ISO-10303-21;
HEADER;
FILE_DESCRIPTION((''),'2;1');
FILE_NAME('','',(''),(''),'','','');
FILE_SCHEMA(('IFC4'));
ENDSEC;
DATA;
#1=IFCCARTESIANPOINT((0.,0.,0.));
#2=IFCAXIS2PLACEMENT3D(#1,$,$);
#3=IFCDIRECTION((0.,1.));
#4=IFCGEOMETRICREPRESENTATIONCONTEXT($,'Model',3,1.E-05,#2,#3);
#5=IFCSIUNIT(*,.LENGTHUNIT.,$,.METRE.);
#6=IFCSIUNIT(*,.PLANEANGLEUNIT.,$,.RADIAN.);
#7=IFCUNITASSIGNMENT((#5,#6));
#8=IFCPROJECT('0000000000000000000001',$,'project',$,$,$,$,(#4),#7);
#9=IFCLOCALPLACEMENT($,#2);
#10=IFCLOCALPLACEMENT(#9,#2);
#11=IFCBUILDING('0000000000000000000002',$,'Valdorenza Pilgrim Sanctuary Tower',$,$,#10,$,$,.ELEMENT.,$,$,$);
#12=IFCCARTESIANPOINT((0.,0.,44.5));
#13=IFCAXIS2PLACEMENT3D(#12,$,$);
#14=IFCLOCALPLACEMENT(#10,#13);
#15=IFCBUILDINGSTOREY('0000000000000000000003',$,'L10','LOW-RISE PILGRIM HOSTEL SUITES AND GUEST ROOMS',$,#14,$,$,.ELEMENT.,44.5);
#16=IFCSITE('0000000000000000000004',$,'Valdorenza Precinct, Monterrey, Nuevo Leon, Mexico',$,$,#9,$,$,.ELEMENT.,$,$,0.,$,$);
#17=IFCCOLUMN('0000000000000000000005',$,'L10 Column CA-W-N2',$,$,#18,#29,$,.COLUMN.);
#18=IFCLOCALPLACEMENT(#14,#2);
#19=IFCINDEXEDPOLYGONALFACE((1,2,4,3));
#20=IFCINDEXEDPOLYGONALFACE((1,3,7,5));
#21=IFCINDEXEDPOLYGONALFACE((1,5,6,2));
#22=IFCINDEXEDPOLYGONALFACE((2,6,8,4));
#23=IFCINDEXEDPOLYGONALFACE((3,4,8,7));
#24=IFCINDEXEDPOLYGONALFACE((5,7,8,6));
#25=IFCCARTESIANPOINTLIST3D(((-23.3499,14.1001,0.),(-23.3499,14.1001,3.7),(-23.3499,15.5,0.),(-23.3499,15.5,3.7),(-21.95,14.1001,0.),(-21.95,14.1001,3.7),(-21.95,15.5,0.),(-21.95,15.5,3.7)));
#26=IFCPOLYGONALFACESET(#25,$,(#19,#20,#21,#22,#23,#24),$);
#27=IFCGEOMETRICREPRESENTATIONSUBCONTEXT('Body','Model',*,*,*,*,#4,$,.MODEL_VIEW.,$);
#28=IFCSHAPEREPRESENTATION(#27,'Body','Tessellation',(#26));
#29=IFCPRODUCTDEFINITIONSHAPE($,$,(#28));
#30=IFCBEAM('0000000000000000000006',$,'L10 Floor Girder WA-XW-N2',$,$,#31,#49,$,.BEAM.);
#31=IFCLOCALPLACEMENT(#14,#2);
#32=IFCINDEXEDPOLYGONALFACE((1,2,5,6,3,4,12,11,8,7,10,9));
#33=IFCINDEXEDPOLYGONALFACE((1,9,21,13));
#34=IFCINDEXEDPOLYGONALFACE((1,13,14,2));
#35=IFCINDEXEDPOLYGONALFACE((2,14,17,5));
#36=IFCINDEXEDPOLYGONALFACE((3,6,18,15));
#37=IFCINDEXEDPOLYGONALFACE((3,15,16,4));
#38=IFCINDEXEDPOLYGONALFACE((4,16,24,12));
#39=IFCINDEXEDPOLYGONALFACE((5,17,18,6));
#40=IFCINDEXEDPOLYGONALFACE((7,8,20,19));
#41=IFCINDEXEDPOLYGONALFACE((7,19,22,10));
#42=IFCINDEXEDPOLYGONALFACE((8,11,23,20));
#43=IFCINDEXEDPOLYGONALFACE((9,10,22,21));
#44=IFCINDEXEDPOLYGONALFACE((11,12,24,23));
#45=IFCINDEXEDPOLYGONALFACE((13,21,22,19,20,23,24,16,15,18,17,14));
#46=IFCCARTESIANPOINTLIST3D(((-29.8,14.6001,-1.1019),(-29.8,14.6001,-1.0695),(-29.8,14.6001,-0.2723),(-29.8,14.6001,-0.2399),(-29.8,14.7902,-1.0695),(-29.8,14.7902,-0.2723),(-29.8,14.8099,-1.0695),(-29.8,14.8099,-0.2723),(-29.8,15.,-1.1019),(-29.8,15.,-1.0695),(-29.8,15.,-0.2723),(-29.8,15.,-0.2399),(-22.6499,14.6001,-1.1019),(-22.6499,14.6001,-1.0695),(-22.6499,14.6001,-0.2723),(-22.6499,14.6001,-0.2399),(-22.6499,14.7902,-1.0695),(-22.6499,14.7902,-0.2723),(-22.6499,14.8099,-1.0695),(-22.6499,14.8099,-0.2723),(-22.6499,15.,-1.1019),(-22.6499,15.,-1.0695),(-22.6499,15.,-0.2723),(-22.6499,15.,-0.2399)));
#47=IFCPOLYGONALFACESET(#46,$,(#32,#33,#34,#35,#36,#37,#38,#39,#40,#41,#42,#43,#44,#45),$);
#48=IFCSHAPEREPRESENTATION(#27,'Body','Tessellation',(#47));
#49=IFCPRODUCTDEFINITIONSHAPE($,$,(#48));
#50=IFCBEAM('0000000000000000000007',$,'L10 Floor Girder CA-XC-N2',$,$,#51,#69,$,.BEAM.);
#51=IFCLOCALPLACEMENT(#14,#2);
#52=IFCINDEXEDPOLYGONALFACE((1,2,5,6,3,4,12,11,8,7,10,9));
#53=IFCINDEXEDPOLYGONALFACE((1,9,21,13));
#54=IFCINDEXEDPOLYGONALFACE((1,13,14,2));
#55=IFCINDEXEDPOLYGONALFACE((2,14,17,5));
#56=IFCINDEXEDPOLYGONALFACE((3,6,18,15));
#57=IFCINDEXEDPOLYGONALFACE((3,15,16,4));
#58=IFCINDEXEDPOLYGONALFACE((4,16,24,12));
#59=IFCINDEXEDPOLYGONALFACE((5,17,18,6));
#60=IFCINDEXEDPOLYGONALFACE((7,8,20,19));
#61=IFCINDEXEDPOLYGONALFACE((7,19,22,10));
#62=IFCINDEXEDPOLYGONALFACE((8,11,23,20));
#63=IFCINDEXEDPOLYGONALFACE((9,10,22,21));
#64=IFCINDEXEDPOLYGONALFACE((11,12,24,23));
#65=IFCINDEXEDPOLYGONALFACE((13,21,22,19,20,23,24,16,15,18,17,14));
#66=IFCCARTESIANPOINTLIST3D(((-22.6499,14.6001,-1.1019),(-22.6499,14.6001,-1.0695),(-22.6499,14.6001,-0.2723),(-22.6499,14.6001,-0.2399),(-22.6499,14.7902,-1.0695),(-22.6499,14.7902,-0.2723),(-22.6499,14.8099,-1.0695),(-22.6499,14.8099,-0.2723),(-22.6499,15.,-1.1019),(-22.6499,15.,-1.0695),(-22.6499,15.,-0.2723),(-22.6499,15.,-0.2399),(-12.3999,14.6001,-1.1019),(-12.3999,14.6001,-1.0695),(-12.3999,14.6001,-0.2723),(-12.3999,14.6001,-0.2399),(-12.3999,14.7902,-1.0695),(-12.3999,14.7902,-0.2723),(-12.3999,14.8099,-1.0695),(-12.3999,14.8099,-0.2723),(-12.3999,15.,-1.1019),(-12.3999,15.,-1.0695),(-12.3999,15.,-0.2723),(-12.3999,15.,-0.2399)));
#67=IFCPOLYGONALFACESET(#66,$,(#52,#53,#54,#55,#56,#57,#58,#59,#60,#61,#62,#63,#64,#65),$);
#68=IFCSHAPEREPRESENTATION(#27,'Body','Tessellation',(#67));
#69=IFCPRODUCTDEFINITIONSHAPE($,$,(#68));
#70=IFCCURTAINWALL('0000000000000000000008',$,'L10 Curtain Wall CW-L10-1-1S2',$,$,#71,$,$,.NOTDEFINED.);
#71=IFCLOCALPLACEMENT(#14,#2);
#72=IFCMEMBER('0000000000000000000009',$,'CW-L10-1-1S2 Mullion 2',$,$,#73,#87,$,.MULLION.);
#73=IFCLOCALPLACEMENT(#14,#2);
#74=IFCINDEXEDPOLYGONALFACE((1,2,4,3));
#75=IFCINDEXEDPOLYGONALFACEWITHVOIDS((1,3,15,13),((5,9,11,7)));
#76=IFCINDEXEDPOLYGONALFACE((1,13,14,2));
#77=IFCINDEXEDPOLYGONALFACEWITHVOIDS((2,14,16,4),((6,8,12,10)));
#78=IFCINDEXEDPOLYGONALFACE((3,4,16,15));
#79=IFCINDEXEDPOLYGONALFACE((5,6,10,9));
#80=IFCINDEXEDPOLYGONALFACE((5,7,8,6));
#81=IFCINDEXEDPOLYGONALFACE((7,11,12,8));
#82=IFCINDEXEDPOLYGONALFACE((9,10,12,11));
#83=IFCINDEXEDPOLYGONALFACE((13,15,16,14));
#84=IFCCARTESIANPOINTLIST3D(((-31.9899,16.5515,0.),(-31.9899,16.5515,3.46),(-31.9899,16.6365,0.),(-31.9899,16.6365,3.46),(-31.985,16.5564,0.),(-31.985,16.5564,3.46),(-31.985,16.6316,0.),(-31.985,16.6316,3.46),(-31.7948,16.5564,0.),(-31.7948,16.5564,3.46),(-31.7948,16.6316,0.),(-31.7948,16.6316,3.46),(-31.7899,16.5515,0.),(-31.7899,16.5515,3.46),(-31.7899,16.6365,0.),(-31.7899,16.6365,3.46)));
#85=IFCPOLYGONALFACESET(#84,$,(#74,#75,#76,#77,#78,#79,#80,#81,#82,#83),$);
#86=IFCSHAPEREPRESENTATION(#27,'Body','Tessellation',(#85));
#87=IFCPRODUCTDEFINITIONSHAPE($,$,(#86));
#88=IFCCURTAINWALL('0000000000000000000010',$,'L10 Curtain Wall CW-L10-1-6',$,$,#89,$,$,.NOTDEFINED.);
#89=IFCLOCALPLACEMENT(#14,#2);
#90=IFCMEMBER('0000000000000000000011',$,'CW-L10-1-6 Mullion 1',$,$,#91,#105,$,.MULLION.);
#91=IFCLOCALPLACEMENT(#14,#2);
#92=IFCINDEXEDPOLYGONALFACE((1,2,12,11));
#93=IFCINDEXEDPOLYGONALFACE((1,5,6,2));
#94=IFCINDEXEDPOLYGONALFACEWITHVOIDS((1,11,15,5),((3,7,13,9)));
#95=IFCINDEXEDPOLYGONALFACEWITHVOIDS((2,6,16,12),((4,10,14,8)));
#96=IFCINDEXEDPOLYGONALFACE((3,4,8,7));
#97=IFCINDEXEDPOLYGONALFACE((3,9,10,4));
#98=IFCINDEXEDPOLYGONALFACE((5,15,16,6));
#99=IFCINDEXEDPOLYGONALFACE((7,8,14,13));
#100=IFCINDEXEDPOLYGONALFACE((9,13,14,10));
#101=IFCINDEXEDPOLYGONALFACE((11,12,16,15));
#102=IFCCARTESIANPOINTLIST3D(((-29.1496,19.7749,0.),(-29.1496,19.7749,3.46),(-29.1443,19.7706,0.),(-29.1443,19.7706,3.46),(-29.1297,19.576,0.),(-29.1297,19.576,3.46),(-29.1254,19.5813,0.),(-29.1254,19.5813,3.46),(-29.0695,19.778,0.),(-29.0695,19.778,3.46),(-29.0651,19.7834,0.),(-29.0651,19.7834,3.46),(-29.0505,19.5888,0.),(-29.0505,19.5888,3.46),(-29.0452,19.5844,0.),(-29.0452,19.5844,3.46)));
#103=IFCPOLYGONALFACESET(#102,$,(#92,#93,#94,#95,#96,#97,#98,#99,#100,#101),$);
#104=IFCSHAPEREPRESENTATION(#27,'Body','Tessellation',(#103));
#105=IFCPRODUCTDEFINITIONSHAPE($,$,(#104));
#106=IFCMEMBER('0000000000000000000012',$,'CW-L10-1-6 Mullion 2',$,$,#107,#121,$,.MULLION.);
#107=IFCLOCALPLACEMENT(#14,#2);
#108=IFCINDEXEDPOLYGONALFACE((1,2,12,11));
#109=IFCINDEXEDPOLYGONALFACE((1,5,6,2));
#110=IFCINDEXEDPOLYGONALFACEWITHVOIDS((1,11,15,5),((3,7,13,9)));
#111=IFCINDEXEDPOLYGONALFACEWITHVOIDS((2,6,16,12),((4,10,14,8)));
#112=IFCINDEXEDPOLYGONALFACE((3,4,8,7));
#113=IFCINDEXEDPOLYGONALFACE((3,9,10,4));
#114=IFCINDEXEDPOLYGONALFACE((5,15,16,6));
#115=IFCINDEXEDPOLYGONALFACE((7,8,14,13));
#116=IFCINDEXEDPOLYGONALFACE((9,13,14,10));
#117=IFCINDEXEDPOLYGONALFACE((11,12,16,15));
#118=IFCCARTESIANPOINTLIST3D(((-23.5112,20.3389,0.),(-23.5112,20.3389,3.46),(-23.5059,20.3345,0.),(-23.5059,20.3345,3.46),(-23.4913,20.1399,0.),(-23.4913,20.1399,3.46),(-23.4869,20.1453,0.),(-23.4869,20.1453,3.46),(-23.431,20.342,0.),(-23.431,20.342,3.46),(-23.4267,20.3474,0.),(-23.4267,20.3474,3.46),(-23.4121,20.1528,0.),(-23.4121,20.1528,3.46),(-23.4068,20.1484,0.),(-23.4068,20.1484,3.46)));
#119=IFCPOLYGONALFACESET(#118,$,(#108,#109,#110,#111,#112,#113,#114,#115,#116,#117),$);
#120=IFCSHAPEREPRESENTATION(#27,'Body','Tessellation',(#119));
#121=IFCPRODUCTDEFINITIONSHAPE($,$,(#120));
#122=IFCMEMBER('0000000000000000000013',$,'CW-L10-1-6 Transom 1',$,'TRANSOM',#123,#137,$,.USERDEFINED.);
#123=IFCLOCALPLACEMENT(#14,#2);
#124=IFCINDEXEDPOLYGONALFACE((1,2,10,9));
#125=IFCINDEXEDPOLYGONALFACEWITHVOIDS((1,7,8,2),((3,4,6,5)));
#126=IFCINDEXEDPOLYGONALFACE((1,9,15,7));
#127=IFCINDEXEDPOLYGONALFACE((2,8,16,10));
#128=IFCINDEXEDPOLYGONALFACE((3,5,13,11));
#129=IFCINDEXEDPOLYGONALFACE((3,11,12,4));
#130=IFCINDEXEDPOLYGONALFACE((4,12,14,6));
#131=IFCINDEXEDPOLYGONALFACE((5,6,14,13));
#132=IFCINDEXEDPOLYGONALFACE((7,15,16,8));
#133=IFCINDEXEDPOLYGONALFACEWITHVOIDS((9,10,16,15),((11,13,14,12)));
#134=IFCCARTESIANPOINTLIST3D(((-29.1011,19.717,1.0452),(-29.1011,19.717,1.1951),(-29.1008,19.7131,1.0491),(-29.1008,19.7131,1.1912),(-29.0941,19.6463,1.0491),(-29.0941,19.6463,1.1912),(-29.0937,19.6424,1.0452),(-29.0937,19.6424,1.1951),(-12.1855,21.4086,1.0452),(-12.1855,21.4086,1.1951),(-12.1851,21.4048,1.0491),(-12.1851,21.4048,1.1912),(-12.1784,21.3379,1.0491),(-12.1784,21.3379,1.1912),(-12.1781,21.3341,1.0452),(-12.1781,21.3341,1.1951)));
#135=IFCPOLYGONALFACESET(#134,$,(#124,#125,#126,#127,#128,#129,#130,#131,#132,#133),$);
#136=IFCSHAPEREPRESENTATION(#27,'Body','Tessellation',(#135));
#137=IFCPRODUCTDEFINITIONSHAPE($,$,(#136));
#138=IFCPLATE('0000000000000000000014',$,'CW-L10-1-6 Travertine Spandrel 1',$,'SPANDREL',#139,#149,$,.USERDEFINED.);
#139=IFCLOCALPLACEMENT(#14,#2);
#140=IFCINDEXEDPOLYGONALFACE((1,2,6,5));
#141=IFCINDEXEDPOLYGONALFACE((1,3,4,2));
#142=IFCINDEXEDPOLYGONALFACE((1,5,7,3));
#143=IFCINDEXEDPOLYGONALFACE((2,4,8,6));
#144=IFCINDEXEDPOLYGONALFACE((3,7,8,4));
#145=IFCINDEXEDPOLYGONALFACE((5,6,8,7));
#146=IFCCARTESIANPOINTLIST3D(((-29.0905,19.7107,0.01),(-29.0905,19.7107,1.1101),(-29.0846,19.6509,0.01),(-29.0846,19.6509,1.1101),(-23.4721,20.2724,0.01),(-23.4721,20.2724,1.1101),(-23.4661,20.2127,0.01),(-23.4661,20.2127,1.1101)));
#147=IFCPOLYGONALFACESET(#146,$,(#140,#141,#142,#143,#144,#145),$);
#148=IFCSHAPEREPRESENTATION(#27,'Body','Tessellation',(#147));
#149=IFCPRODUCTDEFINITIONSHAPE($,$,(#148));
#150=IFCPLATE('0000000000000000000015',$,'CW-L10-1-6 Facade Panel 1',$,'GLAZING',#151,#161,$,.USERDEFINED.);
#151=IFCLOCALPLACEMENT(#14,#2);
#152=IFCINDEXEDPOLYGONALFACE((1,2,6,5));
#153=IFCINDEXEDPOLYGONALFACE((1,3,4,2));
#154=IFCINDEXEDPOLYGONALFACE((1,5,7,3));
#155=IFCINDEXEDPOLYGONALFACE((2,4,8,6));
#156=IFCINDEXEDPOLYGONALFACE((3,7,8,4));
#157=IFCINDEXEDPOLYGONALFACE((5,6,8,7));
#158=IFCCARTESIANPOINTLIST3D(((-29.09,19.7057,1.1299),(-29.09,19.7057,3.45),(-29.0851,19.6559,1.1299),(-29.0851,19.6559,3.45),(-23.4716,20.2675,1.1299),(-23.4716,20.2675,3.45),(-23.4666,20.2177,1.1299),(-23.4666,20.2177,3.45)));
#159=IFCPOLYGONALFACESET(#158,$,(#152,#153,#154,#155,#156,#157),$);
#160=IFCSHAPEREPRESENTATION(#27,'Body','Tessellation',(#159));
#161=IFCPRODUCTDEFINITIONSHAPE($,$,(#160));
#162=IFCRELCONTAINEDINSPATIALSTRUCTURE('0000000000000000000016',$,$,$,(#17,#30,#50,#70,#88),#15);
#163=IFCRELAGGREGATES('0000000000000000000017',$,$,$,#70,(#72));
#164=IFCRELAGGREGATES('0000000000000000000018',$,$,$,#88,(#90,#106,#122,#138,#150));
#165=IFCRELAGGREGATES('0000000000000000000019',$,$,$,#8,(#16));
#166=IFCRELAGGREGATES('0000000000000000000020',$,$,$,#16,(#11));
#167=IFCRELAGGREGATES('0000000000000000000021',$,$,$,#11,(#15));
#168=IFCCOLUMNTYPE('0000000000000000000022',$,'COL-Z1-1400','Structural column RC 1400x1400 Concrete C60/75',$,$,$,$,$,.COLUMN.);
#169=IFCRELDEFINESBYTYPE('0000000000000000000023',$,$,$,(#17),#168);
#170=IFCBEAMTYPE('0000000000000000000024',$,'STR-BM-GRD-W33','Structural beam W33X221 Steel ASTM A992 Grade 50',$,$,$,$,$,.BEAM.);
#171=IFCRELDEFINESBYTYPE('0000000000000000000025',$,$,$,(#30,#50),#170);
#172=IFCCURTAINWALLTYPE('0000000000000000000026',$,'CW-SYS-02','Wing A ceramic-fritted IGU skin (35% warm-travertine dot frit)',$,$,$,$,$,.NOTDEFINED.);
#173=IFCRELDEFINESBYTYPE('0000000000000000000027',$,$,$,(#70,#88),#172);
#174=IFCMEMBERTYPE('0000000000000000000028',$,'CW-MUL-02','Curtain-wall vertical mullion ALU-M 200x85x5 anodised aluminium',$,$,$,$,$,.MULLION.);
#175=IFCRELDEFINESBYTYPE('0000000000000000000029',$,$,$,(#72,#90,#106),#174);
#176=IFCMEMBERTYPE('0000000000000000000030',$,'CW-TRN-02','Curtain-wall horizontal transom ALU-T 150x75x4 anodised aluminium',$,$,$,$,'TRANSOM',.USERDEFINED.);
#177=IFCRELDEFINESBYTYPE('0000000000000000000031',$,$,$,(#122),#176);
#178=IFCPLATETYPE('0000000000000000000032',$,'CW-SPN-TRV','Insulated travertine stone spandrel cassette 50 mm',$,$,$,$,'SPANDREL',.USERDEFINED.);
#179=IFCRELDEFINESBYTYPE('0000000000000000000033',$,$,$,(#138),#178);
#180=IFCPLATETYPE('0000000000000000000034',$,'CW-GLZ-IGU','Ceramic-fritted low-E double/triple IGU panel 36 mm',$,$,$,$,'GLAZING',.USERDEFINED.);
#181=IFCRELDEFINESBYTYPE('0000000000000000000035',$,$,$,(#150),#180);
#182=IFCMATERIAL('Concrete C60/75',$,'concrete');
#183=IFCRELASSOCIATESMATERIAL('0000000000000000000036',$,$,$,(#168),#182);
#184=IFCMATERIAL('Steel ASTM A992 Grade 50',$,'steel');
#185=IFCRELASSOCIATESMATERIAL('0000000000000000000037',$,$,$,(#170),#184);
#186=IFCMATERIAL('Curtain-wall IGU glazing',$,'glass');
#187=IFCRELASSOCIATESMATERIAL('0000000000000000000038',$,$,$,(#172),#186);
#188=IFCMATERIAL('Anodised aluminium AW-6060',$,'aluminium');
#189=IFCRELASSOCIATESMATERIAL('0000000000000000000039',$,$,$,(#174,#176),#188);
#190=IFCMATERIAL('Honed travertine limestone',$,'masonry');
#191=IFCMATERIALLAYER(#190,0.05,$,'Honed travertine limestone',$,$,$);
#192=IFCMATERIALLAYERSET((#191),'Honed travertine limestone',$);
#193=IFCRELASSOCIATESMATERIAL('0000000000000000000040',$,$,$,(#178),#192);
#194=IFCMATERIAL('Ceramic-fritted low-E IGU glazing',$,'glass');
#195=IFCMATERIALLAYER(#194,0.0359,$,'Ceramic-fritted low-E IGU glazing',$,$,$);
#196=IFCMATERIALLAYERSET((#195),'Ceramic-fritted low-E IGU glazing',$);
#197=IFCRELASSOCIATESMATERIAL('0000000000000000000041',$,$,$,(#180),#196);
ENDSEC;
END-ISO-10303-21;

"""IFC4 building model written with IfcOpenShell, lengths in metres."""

from ifc_helpers import new_model, si_unit, direction, frame, origin, origin_2d, place, context, subcontext, project, spatial, rectangle, hollow_rectangle, i_section, extrude, source, transform, mapped, material, layer, layer_set, material_profile, profile_set, type_object, element, aggregate, save


model = new_model("IFC4")

# Units and contexts
model_context = context("Model", 3, precision=1e-05, world=origin(), true_north=direction((0.0, 1.0)))
body_context = subcontext(model_context, "Body", "Model", "MODEL_VIEW")
ifc_project = project(units=[si_unit("LENGTHUNIT", "METRE"), si_unit("PLANEANGLEUNIT", "RADIAN")], contexts=[model_context])

# Site, building, storey
site_placement = place(None, origin())
site = spatial("IfcSite", under=ifc_project, at=site_placement, Name="Valdorenza Precinct, Monterrey, Nuevo Leon, Mexico", CompositionType="ELEMENT", RefElevation=0.0)
building_placement = place(site_placement, origin())
building = spatial("IfcBuilding", under=site, at=building_placement, Name="Valdorenza Pilgrim Sanctuary Tower", CompositionType="ELEMENT")
storey_placement = place(building_placement, frame((0.0, 0.0, 44.5)))
storey = spatial("IfcBuildingStorey", under=building, at=storey_placement, Name="L10", Description="LOW-RISE PILGRIM HOSTEL SUITES AND GUEST ROOMS", CompositionType="ELEMENT", Elevation=44.5)

# Column
ifc_material_1 = material(Name="Concrete C60/75", Category="concrete")
ifc_material_profile_1 = material_profile(ifc_material_1, rectangle(XDim=1.3999, YDim=1.3999, at=origin_2d()), Name="RC 1400x1400")
ifc_profile_set_1 = profile_set([ifc_material_profile_1], Name="Concrete C60/75")
column_type = type_object("IfcColumnType", Name="COL-Z1-1400", Description="Structural column RC 1400x1400 Concrete C60/75", PredefinedType="COLUMN", material=ifc_profile_set_1)
shared_shape_1 = source(origin(), body_context, "Body", "SweptSolid", [
    extrude(rectangle(XDim=1.3999, YDim=1.3999, at=origin_2d()), origin(), (0.0, 0.0, 1.0), 3.7),
])
column_placement = place(storey_placement, frame((-22.6499, 14.8, 0.0), z_axis=(0.0, 0.0, 1.0), x_axis=(1.0, 0.0, 0.0)))
element("IfcColumn", 1, at=column_placement, inside=storey, type_object=column_type, Name="L10 Column CA-W-N2", PredefinedType="COLUMN", context=body_context, shape_type="MappedRepresentation", body=[
    mapped(shared_shape_1, transform((0.0, 0.0, 0.0), x_axis=(1.0, 0.0, 0.0), y_axis=(0.0, 1.0, 0.0), z_axis=(0.0, 0.0, 1.0), scale=1.0)),
])

# Beams
ifc_material_2 = material(Name="Steel ASTM A992 Grade 50", Category="steel")
ifc_material_profile_2 = material_profile(ifc_material_2, i_section(OverallWidth=0.3999, OverallDepth=0.8621, WebThickness=0.0198, FlangeThickness=0.0325, at=origin_2d()), Name="W33X221")
ifc_profile_set_2 = profile_set([ifc_material_profile_2], Name="Steel ASTM A992 Grade 50")
beam_type = type_object("IfcBeamType", Name="STR-BM-GRD-W33", Description="Structural beam W33X221 Steel ASTM A992 Grade 50", PredefinedType="BEAM", material=ifc_profile_set_2)
shared_shape_2 = source(origin(), body_context, "Body", "SweptSolid", [
    extrude(i_section(OverallWidth=0.3999, OverallDepth=0.8621, WebThickness=0.0198, FlangeThickness=0.0325, at=origin_2d()), origin(), (0.0, 0.0, 1.0), 7.1501),
])
beam_1_placement = place(storey_placement, frame((-29.8, 14.8, -0.6709), z_axis=(1.0, 0.0, 0.0), x_axis=(0.0, 1.0, 0.0)))
element("IfcBeam", 2, at=beam_1_placement, inside=storey, type_object=beam_type, Name="L10 Floor Girder WA-XW-N2", PredefinedType="BEAM", context=body_context, shape_type="MappedRepresentation", body=[
    mapped(shared_shape_2, transform((0.0, 0.0, 0.0), x_axis=(1.0, 0.0, 0.0), y_axis=(0.0, 1.0, 0.0), z_axis=(0.0, 0.0, 1.0), scale=1.0)),
])
shared_shape_3 = source(origin(), body_context, "Body", "SweptSolid", [
    extrude(i_section(OverallWidth=0.3999, OverallDepth=0.8621, WebThickness=0.0198, FlangeThickness=0.0325, at=origin_2d()), origin(), (0.0, 0.0, 1.0), 10.25),
])
beam_2_placement = place(storey_placement, frame((-22.6499, 14.8, -0.6709), z_axis=(1.0, 0.0, 0.0), x_axis=(0.0, 1.0, 0.0)))
element("IfcBeam", 3, at=beam_2_placement, inside=storey, type_object=beam_type, Name="L10 Floor Girder CA-XC-N2", PredefinedType="BEAM", context=body_context, shape_type="MappedRepresentation", body=[
    mapped(shared_shape_3, transform((0.0, 0.0, 0.0), x_axis=(1.0, 0.0, 0.0), y_axis=(0.0, 1.0, 0.0), z_axis=(0.0, 0.0, 1.0), scale=1.0)),
])

# Curtain wall, member
ifc_material_3 = material(Name="Curtain-wall IGU glazing", Category="glass")
curtain_wall_type = type_object("IfcCurtainWallType", Name="CW-SYS-02", Description="Wing A ceramic-fritted IGU skin (35% warm-travertine dot frit)", PredefinedType="NOTDEFINED", material=ifc_material_3)
curtain_wall_1_placement = place(storey_placement, origin())
curtain_wall_1 = element("IfcCurtainWall", 4, at=curtain_wall_1_placement, inside=storey, type_object=curtain_wall_type, Name="L10 Curtain Wall CW-L10-1-1S2", PredefinedType="NOTDEFINED")
ifc_material_4 = material(Name="Anodised aluminium AW-6060", Category="aluminium")
ifc_material_profile_3 = material_profile(ifc_material_4, hollow_rectangle(XDim=0.085, YDim=0.2, WallThickness=0.0049, at=origin_2d()), Name="ALU-M 200x85x5")
ifc_profile_set_3 = profile_set([ifc_material_profile_3], Name="Anodised aluminium AW-6060")
member_type_1 = type_object("IfcMemberType", Name="CW-MUL-02", Description="Curtain-wall vertical mullion ALU-M 200x85x5 anodised aluminium", PredefinedType="MULLION", material=ifc_profile_set_3)
shared_shape_4 = source(origin(), body_context, "Body", "SweptSolid", [
    extrude(hollow_rectangle(XDim=0.085, YDim=0.2, WallThickness=0.0049, at=origin_2d()), origin(), (0.0, 0.0, 1.0), 3.46),
])
member_1_placement = place(storey_placement, frame((-31.8899, 16.594, 0.0), z_axis=(0.0, 0.0, 1.0), x_axis=(0.0, 1.0, 0.0)))
member_1 = element("IfcMember", 5, at=member_1_placement, type_object=member_type_1, Name="CW-L10-1-1S2 Mullion 2", PredefinedType="MULLION", context=body_context, shape_type="MappedRepresentation", body=[
    mapped(shared_shape_4, transform((0.0, 0.0, 0.0), x_axis=(1.0, 0.0, 0.0), y_axis=(0.0, 1.0, 0.0), z_axis=(0.0, 0.0, 1.0), scale=1.0)),
])
aggregate(curtain_wall_1, [member_1])

# Curtain wall, members, plates
curtain_wall_2_placement = place(storey_placement, origin())
curtain_wall_2 = element("IfcCurtainWall", 6, at=curtain_wall_2_placement, inside=storey, type_object=curtain_wall_type, Name="L10 Curtain Wall CW-L10-1-6", PredefinedType="NOTDEFINED")
member_2_placement = place(storey_placement, frame((-29.0974, 19.6797, 0.0), z_axis=(0.0, 0.0, 1.0), x_axis=(0.995038, 0.099493, 0.0)))
member_2 = element("IfcMember", 7, at=member_2_placement, type_object=member_type_1, Name="CW-L10-1-6 Mullion 1", PredefinedType="MULLION", context=body_context, shape_type="MappedRepresentation", body=[
    mapped(shared_shape_4, transform((0.0, 0.0, 0.0), x_axis=(1.0, 0.0, 0.0), y_axis=(0.0, 1.0, 0.0), z_axis=(0.0, 0.0, 1.0), scale=1.0)),
])
member_3_placement = place(storey_placement, frame((-23.459, 20.2437, 0.0), z_axis=(0.0, 0.0, 1.0), x_axis=(0.995038, 0.099493, 0.0)))
member_3 = element("IfcMember", 8, at=member_3_placement, type_object=member_type_1, Name="CW-L10-1-6 Mullion 2", PredefinedType="MULLION", context=body_context, shape_type="MappedRepresentation", body=[
    mapped(shared_shape_4, transform((0.0, 0.0, 0.0), x_axis=(1.0, 0.0, 0.0), y_axis=(0.0, 1.0, 0.0), z_axis=(0.0, 0.0, 1.0), scale=1.0)),
])
ifc_material_profile_4 = material_profile(ifc_material_4, hollow_rectangle(XDim=0.075, YDim=0.1499, WallThickness=0.0039, at=origin_2d()), Name="ALU-T 150x75x4")
ifc_profile_set_4 = profile_set([ifc_material_profile_4], Name="Anodised aluminium AW-6060")
member_type_2 = type_object("IfcMemberType", Name="CW-TRN-02", Description="Curtain-wall horizontal transom ALU-T 150x75x4 anodised aluminium", ElementType="TRANSOM", PredefinedType="USERDEFINED", material=ifc_profile_set_4)
shared_shape_5 = source(origin(), body_context, "Body", "SweptSolid", [
    extrude(hollow_rectangle(XDim=0.075, YDim=0.1499, WallThickness=0.0039, at=origin_2d()), origin(), (0.0, 0.0, 1.0), 17.0),
])
member_4_placement = place(storey_placement, frame((-29.0974, 19.6797, 1.1201), z_axis=(0.995037, 0.099509, 0.0), x_axis=(-0.099509, 0.995037, 0.0)))
member_4 = element("IfcMember", 9, at=member_4_placement, type_object=member_type_2, Name="CW-L10-1-6 Transom 1", ObjectType="TRANSOM", PredefinedType="USERDEFINED", context=body_context, shape_type="MappedRepresentation", body=[
    mapped(shared_shape_5, transform((0.0, 0.0, 0.0), x_axis=(1.0, 0.0, 0.0), y_axis=(0.0, 1.0, 0.0), z_axis=(0.0, 0.0, 1.0), scale=1.0)),
])
ifc_material_5 = material(Name="Honed travertine limestone", Category="masonry")
ifc_layer_1 = layer(ifc_material_5, 0.05, Name="Honed travertine limestone")
ifc_layer_set_1 = layer_set([ifc_layer_1], Name="Honed travertine limestone")
plate_type_1 = type_object("IfcPlateType", Name="CW-SPN-TRV", Description="Insulated travertine stone spandrel cassette 50 mm", ElementType="SPANDREL", PredefinedType="USERDEFINED", material=ifc_layer_set_1)
shared_shape_6 = source(origin(), body_context, "Body", "SweptSolid", [
    extrude(rectangle(XDim=5.6465, YDim=0.0601, at=origin_2d()), origin(), (0.0, 0.0, 1.0), 1.1001),
])
plate_1_placement = place(storey_placement, frame((-26.2783, 19.9617, 0.01), z_axis=(0.0, 0.0, 1.0), x_axis=(0.995038, 0.099493, 0.0)))
plate_1 = element("IfcPlate", 10, at=plate_1_placement, type_object=plate_type_1, Name="CW-L10-1-6 Travertine Spandrel 1", ObjectType="SPANDREL", PredefinedType="USERDEFINED", context=body_context, shape_type="MappedRepresentation", body=[
    mapped(shared_shape_6, transform((0.0, 0.0, 0.0), x_axis=(1.0, 0.0, 0.0), y_axis=(0.0, 1.0, 0.0), z_axis=(0.0, 0.0, 1.0), scale=1.0)),
])
ifc_material_6 = material(Name="Ceramic-fritted low-E IGU glazing", Category="glass")
ifc_layer_2 = layer(ifc_material_6, 0.0359, Name="Ceramic-fritted low-E IGU glazing")
ifc_layer_set_2 = layer_set([ifc_layer_2], Name="Ceramic-fritted low-E IGU glazing")
plate_type_2 = type_object("IfcPlateType", Name="CW-GLZ-IGU", Description="Ceramic-fritted low-E double/triple IGU panel 36 mm", ElementType="GLAZING", PredefinedType="USERDEFINED", material=ifc_layer_set_2)
shared_shape_7 = source(origin(), body_context, "Body", "SweptSolid", [
    extrude(rectangle(XDim=5.6465, YDim=0.05, at=origin_2d()), origin(), (0.0, 0.0, 1.0), 2.3201),
])
plate_2_placement = place(storey_placement, frame((-26.2783, 19.9617, 1.1299), z_axis=(0.0, 0.0, 1.0), x_axis=(0.995038, 0.099493, 0.0)))
plate_2 = element("IfcPlate", 11, at=plate_2_placement, type_object=plate_type_2, Name="CW-L10-1-6 Facade Panel 1", ObjectType="GLAZING", PredefinedType="USERDEFINED", context=body_context, shape_type="MappedRepresentation", body=[
    mapped(shared_shape_7, transform((0.0, 0.0, 0.0), x_axis=(1.0, 0.0, 0.0), y_axis=(0.0, 1.0, 0.0), z_axis=(0.0, 0.0, 1.0), scale=1.0)),
])
aggregate(curtain_wall_2, [member_2, member_3, member_4, plate_1, plate_2])

save(model, "model.ifc")
